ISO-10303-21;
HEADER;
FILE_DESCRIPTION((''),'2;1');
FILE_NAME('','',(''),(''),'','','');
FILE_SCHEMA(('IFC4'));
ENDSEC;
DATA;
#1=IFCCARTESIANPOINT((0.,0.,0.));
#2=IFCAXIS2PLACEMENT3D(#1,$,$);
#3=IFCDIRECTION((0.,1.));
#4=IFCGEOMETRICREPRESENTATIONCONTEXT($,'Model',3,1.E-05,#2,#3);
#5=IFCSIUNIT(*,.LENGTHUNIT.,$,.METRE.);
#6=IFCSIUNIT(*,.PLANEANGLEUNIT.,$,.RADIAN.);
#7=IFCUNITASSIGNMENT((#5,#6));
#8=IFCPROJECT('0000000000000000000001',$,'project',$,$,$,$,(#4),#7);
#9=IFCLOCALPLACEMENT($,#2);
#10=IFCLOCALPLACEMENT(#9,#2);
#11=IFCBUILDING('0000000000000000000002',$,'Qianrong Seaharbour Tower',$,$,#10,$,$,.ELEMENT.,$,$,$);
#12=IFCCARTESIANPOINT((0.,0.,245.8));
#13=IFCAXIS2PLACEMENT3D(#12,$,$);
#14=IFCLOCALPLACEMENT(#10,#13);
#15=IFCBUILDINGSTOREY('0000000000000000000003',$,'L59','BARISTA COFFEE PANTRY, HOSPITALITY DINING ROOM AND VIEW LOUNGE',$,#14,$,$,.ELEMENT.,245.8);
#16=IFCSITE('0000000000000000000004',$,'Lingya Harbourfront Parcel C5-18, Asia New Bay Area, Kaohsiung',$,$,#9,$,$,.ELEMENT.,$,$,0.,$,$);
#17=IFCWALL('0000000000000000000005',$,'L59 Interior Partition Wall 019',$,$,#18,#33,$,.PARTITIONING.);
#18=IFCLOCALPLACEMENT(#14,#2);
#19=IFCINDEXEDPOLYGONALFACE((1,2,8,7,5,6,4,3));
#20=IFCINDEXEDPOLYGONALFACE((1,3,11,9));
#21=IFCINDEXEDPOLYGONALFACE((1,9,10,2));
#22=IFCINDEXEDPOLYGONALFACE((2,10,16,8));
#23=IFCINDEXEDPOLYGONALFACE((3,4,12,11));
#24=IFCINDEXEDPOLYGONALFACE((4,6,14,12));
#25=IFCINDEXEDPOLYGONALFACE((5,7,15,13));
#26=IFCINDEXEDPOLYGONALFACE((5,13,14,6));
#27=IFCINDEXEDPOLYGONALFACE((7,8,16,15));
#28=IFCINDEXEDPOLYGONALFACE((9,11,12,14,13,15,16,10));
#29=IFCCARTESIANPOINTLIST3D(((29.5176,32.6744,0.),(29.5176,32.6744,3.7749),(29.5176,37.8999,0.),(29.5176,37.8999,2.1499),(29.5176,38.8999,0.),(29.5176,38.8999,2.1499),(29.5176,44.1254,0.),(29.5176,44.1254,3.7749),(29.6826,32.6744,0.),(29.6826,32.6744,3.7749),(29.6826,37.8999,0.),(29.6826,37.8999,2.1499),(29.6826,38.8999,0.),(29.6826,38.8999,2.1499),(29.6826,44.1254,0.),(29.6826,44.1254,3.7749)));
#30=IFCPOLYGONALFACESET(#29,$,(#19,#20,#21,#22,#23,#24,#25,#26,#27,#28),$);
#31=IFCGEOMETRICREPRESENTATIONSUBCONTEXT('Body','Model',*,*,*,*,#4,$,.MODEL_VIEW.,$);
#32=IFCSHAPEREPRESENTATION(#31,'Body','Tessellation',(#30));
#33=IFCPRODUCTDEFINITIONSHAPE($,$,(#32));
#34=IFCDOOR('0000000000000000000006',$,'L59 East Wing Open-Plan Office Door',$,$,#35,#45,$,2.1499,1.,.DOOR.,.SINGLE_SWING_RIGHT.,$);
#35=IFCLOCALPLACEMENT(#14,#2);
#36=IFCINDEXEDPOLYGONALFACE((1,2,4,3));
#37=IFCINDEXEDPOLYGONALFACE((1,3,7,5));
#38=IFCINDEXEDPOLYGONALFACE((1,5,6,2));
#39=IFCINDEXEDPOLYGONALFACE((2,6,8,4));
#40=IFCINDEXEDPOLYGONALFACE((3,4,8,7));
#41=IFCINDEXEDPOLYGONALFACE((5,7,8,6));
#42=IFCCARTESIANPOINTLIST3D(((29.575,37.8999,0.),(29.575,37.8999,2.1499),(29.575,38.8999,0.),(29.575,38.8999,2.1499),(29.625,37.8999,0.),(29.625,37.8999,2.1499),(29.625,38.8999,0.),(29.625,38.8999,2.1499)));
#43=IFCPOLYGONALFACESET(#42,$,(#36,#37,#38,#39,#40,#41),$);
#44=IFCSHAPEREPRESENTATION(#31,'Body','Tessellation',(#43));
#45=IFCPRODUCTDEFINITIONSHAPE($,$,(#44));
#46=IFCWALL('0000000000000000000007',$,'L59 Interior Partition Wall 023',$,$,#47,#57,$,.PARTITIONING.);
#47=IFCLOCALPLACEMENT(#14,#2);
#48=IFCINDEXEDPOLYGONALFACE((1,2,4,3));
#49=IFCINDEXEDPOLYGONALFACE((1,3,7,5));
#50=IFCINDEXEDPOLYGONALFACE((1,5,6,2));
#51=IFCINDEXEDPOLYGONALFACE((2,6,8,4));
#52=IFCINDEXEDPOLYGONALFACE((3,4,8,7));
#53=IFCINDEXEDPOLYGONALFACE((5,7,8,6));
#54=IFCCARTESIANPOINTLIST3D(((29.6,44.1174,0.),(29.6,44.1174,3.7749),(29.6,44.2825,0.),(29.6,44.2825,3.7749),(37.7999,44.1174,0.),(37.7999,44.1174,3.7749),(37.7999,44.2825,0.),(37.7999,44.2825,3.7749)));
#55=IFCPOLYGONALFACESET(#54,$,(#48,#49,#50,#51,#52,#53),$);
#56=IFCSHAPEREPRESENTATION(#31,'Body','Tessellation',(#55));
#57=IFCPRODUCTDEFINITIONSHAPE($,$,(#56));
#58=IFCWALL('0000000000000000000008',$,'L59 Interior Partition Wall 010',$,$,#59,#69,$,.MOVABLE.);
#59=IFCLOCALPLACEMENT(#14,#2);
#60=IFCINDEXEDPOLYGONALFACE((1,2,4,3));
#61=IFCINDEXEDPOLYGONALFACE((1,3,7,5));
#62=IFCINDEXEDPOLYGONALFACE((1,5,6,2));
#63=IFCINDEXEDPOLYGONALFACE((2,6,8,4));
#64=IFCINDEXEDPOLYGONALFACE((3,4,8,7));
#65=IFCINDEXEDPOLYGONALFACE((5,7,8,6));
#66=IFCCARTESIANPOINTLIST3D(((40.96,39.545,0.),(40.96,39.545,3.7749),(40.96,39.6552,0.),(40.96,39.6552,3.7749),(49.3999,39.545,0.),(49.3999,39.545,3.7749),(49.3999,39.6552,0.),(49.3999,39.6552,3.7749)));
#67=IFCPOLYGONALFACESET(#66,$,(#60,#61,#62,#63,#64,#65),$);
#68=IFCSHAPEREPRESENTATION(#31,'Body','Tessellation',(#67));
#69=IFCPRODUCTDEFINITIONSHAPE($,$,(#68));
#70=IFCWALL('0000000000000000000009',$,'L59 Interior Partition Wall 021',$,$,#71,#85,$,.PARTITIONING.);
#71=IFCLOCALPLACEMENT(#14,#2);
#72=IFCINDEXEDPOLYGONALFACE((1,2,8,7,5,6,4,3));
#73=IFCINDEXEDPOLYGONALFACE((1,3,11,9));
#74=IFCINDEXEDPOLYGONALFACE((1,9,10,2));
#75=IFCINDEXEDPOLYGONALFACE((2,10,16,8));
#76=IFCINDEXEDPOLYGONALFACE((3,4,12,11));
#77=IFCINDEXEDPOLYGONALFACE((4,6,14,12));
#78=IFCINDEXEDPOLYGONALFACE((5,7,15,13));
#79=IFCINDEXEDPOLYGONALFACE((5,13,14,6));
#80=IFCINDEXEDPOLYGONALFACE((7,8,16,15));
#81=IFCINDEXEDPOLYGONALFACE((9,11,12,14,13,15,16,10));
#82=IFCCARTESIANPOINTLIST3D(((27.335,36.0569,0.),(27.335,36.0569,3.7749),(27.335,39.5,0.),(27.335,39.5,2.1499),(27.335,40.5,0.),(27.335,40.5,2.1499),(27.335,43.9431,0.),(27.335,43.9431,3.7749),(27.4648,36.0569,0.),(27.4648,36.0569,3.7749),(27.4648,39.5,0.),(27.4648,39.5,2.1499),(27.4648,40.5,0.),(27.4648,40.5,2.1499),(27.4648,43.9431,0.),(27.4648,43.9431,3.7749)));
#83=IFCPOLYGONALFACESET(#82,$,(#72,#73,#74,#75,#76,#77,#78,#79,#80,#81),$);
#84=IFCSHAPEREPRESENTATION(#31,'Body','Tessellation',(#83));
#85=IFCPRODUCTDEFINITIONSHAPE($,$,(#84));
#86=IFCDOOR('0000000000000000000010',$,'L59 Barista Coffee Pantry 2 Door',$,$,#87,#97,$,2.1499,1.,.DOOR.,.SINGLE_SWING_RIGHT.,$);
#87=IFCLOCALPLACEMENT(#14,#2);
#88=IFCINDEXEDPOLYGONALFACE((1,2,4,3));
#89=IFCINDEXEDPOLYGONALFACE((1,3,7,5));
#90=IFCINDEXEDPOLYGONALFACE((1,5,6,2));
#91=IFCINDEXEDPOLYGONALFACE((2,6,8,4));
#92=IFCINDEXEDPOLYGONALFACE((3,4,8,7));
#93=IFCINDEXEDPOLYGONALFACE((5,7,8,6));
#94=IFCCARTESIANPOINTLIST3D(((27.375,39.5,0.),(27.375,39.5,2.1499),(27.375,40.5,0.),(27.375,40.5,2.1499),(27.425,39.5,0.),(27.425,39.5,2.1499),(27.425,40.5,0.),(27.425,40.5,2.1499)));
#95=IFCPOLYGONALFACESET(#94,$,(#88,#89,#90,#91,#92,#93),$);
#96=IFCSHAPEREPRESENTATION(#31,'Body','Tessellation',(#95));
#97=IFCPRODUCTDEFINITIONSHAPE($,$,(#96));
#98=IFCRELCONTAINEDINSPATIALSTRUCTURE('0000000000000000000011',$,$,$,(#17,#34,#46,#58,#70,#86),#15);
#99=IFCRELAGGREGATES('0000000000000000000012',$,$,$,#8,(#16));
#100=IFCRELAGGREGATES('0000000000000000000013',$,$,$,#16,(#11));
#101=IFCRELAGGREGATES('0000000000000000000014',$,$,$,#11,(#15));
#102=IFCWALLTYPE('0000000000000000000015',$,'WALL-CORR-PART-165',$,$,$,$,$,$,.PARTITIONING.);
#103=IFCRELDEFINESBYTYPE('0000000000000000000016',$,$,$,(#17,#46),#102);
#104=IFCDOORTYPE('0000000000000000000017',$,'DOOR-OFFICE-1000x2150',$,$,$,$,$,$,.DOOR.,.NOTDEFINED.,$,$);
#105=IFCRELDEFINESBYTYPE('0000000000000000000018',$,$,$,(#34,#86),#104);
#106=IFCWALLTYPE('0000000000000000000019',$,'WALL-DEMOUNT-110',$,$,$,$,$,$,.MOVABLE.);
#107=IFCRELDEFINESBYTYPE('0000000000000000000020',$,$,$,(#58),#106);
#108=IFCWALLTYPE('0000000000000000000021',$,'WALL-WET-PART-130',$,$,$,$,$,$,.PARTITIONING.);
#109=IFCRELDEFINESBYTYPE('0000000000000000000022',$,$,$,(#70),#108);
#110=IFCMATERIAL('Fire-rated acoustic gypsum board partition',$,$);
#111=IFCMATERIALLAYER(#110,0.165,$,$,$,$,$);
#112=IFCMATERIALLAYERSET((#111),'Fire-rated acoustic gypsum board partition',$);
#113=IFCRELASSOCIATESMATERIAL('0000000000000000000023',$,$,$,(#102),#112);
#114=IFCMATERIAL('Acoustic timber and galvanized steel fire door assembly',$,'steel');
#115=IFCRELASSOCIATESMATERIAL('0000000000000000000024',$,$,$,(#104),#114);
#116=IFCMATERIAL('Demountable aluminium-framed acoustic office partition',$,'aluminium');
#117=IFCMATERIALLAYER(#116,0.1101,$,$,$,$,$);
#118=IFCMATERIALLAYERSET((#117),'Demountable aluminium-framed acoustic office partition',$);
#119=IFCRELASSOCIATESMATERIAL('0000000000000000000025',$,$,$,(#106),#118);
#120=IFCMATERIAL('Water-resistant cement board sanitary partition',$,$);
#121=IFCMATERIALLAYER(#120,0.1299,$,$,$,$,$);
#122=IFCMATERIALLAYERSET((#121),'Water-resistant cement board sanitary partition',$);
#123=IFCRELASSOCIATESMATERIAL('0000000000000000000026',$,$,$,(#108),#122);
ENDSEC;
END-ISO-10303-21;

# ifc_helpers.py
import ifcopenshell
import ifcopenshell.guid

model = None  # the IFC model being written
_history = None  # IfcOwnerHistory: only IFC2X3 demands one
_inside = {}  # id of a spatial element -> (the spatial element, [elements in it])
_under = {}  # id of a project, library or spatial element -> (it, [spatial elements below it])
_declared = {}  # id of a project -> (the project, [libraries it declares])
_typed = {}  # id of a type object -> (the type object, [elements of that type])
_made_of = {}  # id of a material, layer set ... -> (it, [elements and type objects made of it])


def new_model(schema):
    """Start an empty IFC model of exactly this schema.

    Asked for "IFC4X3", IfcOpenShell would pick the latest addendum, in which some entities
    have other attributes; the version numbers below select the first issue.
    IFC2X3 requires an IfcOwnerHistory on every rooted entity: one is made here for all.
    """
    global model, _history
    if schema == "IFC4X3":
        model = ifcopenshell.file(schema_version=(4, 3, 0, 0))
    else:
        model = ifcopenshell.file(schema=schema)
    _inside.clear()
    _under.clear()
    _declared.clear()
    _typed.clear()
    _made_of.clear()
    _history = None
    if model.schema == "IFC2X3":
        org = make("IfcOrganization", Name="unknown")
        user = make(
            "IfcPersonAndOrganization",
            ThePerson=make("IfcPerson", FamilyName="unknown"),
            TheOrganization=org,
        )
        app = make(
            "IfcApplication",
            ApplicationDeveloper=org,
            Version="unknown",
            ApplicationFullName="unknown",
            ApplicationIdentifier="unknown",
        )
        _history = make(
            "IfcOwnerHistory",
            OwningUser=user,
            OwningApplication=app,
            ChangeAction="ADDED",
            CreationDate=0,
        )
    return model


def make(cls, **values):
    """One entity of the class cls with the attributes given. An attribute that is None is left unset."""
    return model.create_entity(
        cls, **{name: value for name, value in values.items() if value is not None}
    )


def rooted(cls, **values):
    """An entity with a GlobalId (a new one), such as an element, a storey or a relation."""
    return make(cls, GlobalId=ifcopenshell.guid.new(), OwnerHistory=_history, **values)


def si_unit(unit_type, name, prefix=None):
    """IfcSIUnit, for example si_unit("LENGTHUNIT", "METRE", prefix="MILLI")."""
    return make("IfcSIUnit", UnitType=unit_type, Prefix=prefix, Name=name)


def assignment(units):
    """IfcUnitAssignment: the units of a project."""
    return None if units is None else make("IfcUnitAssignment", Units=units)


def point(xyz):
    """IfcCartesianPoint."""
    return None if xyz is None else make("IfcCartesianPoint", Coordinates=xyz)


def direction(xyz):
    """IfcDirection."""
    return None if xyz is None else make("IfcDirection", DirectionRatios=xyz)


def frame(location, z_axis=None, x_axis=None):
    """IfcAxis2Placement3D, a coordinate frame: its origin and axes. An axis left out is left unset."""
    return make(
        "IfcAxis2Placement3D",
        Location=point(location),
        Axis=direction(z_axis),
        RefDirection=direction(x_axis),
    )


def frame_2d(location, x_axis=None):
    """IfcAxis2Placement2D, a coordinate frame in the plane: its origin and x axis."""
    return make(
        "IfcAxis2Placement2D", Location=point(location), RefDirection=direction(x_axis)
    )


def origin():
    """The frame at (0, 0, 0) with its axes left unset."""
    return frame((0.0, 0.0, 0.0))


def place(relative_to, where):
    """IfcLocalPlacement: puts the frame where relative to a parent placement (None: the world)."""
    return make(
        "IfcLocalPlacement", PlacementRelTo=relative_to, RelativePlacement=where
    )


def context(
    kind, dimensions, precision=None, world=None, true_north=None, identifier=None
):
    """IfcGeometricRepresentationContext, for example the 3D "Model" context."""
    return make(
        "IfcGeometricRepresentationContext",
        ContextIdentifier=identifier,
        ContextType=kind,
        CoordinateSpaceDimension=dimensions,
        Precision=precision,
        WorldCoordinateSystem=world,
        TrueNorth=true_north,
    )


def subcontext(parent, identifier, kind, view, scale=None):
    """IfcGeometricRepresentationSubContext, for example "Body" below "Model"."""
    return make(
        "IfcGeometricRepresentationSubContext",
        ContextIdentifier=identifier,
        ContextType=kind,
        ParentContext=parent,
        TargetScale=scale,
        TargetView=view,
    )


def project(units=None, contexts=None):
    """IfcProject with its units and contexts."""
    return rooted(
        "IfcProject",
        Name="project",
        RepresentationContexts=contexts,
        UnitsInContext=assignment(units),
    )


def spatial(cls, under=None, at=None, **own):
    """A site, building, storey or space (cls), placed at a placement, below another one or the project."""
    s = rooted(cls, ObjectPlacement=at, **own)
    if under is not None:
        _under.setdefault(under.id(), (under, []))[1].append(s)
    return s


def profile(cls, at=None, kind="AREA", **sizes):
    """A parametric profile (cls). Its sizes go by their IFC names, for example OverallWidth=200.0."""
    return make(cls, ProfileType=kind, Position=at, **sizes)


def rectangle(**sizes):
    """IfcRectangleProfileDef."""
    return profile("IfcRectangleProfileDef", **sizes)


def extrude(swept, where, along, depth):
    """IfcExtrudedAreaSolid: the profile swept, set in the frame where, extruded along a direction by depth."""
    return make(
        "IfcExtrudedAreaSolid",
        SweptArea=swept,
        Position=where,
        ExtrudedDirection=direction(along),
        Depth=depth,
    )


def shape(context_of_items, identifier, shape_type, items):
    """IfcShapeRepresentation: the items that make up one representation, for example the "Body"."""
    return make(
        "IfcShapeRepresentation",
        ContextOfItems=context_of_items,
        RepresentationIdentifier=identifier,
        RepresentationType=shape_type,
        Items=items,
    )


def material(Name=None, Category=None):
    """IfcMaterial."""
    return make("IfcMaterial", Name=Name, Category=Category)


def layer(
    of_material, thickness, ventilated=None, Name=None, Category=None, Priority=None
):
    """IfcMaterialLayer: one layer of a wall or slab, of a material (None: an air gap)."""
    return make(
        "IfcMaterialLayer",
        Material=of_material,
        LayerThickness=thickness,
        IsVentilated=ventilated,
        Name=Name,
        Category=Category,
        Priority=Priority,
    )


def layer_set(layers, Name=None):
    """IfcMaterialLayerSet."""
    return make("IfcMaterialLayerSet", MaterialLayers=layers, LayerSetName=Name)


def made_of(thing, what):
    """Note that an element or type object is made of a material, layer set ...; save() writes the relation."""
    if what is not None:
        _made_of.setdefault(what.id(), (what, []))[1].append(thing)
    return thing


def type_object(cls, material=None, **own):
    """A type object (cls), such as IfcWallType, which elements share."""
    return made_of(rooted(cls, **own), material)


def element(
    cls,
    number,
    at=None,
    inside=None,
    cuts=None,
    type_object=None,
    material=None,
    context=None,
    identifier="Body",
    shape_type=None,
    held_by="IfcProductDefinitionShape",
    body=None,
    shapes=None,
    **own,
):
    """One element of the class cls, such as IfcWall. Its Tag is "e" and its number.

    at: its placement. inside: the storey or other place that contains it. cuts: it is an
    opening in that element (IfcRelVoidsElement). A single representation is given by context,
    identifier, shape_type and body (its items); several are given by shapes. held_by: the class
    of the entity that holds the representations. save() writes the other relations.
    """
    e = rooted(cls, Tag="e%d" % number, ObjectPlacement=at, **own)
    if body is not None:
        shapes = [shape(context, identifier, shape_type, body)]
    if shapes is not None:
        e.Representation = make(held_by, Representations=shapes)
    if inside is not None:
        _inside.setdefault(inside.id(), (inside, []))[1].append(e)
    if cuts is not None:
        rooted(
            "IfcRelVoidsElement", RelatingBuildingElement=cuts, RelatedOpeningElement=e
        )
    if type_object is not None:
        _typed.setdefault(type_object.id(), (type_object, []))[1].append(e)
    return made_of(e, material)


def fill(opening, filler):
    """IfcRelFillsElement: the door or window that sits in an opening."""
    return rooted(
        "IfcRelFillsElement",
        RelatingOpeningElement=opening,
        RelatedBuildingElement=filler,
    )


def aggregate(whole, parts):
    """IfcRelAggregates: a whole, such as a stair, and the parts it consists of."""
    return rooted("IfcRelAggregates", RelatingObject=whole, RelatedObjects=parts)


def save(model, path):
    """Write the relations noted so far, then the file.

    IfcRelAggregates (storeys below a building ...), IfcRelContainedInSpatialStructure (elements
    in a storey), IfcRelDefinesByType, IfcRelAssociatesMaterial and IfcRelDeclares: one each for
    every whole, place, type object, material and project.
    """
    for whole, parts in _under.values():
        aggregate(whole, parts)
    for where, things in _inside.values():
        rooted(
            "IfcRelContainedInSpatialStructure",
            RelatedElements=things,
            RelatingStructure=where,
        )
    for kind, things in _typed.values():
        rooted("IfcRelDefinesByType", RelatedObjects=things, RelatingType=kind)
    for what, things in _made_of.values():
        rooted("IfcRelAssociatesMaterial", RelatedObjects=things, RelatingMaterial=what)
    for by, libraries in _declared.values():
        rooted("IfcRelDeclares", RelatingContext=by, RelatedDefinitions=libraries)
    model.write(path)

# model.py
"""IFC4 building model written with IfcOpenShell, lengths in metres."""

from ifc_helpers import new_model, si_unit, direction, frame, frame_2d, origin, place, context, subcontext, project, spatial, rectangle, extrude, material, layer, layer_set, type_object, element, fill, save


model = new_model("IFC4")

# Units and contexts
model_context = context("Model", 3, precision=1e-05, world=origin(), true_north=direction((0.0, 1.0)))
body_context = subcontext(model_context, "Body", "Model", "MODEL_VIEW")
ifc_project = project(units=[si_unit("LENGTHUNIT", "METRE"), si_unit("PLANEANGLEUNIT", "RADIAN")], contexts=[model_context])

# Site, building, storey
site_placement = place(None, origin())
site = spatial("IfcSite", under=ifc_project, at=site_placement, Name="Lingya Harbourfront Parcel C5-18, Asia New Bay Area, Kaohsiung", CompositionType="ELEMENT", RefElevation=0.0)
building_placement = place(site_placement, origin())
building = spatial("IfcBuilding", under=site, at=building_placement, Name="Qianrong Seaharbour Tower", CompositionType="ELEMENT")
storey_placement = place(building_placement, frame((0.0, 0.0, 245.8)))
storey = spatial("IfcBuildingStorey", under=building, at=storey_placement, Name="L59", Description="BARISTA COFFEE PANTRY, HOSPITALITY DINING ROOM AND VIEW LOUNGE", CompositionType="ELEMENT", Elevation=245.8)

# Wall, opening, door
ifc_material_1 = material(Name="Fire-rated acoustic gypsum board partition")
ifc_layer_1 = layer(ifc_material_1, 0.165)
ifc_layer_set_1 = layer_set([ifc_layer_1], Name="Fire-rated acoustic gypsum board partition")
wall_type_1 = type_object("IfcWallType", Name="WALL-CORR-PART-165", PredefinedType="PARTITIONING", material=ifc_layer_set_1)
ifc_material_2 = material(Name="Acoustic timber and galvanized steel fire door assembly", Category="steel")
wall_1_placement = place(storey_placement, frame((29.6001, 44.1255, 0.0), z_axis=(0.0, 0.0, 1.0), x_axis=(0.0, -1.0, 0.0)))
wall_1 = element("IfcWall", 1, at=wall_1_placement, inside=storey, type_object=wall_type_1, Name="L59 Interior Partition Wall 019", PredefinedType="PARTITIONING", context=body_context, shape_type="SweptSolid", body=[
    extrude(rectangle(XDim=11.4509, YDim=0.165, at=frame_2d((5.7256, 0.0))), origin(), (0.0, 0.0, 1.0), 3.7749),
])
opening_1_placement = place(wall_1_placement, frame((5.2256, 0.0, 0.0)))
opening_1 = element("IfcOpeningElement", 2, at=opening_1_placement, cuts=wall_1, PredefinedType="OPENING", context=body_context, shape_type="SweptSolid", body=[
    extrude(rectangle(XDim=1.0, YDim=2.1499, at=frame_2d((0.5, 1.075))), frame((0.0, 0.0925, 0.0), z_axis=(0.0, -1.0, 0.0), x_axis=(1.0, 0.0, 0.0)), (0.0, 0.0, 1.0), 0.1851),
])
door_type_1 = type_object("IfcDoorType", Name="DOOR-OFFICE-1000x2150", OperationType="NOTDEFINED", PredefinedType="DOOR", material=ifc_material_2)
door_1_placement = place(opening_1_placement, origin())
door_1 = element("IfcDoor", 3, at=door_1_placement, inside=storey, type_object=door_type_1, Name="L59 East Wing Open-Plan Office Door", OperationType="SINGLE_SWING_RIGHT", OverallHeight=2.1499, OverallWidth=1.0, PredefinedType="DOOR", context=body_context, shape_type="SweptSolid", body=[
    extrude(rectangle(XDim=1.0, YDim=2.1499, at=frame_2d((0.5, 1.075))), frame((0.0, 0.0249, 0.0), z_axis=(0.0, -1.0, 0.0), x_axis=(1.0, 0.0, 0.0)), (0.0, 0.0, 1.0), 0.05),
])
fill(opening_1, door_1)

# Walls
wall_2_placement = place(storey_placement, frame((37.8, 44.2, 0.0), z_axis=(0.0, 0.0, 1.0), x_axis=(-1.0, 0.0, 0.0)))
element("IfcWall", 4, at=wall_2_placement, inside=storey, type_object=wall_type_1, Name="L59 Interior Partition Wall 023", PredefinedType="PARTITIONING", context=body_context, shape_type="SweptSolid", body=[
    extrude(rectangle(XDim=8.2, YDim=0.165, at=frame_2d((4.1001, 0.0))), origin(), (0.0, 0.0, 1.0), 3.7749),
])
ifc_material_3 = material(Name="Demountable aluminium-framed acoustic office partition", Category="aluminium")
ifc_layer_2 = layer(ifc_material_3, 0.1101)
ifc_layer_set_2 = layer_set([ifc_layer_2], Name="Demountable aluminium-framed acoustic office partition")
wall_type_2 = type_object("IfcWallType", Name="WALL-DEMOUNT-110", PredefinedType="MOVABLE", material=ifc_layer_set_2)
wall_3_placement = place(storey_placement, frame((40.96, 39.6001, 0.0), z_axis=(0.0, 0.0, 1.0), x_axis=(1.0, 0.0, 0.0)))
element("IfcWall", 5, at=wall_3_placement, inside=storey, type_object=wall_type_2, Name="L59 Interior Partition Wall 010", PredefinedType="MOVABLE", context=body_context, shape_type="SweptSolid", body=[
    extrude(rectangle(XDim=8.4399, YDim=0.1101, at=frame_2d((4.22, 0.0))), origin(), (0.0, 0.0, 1.0), 3.7749),
])

# Wall, opening, door
ifc_material_4 = material(Name="Water-resistant cement board sanitary partition")
ifc_layer_3 = layer(ifc_material_4, 0.1299)
ifc_layer_set_3 = layer_set([ifc_layer_3], Name="Water-resistant cement board sanitary partition")
wall_type_3 = type_object("IfcWallType", Name="WALL-WET-PART-130", PredefinedType="PARTITIONING", material=ifc_layer_set_3)
wall_4_placement = place(storey_placement, frame((27.3999, 36.0569, 0.0), z_axis=(0.0, 0.0, 1.0), x_axis=(0.0, 1.0, 0.0)))
wall_4 = element("IfcWall", 6, at=wall_4_placement, inside=storey, type_object=wall_type_3, Name="L59 Interior Partition Wall 021", PredefinedType="PARTITIONING", context=body_context, shape_type="SweptSolid", body=[
    extrude(rectangle(XDim=7.8862, YDim=0.1299, at=frame_2d((3.9431, 0.0))), origin(), (0.0, 0.0, 1.0), 3.7749),
])
opening_2_placement = place(wall_4_placement, frame((3.4431, 0.0, 0.0)))
opening_2 = element("IfcOpeningElement", 7, at=opening_2_placement, cuts=wall_4, PredefinedType="OPENING", context=body_context, shape_type="SweptSolid", body=[
    extrude(rectangle(XDim=1.0, YDim=2.1499, at=frame_2d((0.5, 1.075))), frame((0.0, 0.075, 0.0), z_axis=(0.0, -1.0, 0.0), x_axis=(1.0, 0.0, 0.0)), (0.0, 0.0, 1.0), 0.1499),
])
door_2_placement = place(opening_2_placement, origin())
door_2 = element("IfcDoor", 8, at=door_2_placement, inside=storey, type_object=door_type_1, Name="L59 Barista Coffee Pantry 2 Door", OperationType="SINGLE_SWING_RIGHT", OverallHeight=2.1499, OverallWidth=1.0, PredefinedType="DOOR", context=body_context, shape_type="SweptSolid", body=[
    extrude(rectangle(XDim=1.0, YDim=2.1499, at=frame_2d((0.5, 1.075))), frame((0.0, 0.0249, 0.0), z_axis=(0.0, -1.0, 0.0), x_axis=(1.0, 0.0, 0.0)), (0.0, 0.0, 1.0), 0.05),
])
fill(opening_2, door_2)

save(model, "model.ifc")
